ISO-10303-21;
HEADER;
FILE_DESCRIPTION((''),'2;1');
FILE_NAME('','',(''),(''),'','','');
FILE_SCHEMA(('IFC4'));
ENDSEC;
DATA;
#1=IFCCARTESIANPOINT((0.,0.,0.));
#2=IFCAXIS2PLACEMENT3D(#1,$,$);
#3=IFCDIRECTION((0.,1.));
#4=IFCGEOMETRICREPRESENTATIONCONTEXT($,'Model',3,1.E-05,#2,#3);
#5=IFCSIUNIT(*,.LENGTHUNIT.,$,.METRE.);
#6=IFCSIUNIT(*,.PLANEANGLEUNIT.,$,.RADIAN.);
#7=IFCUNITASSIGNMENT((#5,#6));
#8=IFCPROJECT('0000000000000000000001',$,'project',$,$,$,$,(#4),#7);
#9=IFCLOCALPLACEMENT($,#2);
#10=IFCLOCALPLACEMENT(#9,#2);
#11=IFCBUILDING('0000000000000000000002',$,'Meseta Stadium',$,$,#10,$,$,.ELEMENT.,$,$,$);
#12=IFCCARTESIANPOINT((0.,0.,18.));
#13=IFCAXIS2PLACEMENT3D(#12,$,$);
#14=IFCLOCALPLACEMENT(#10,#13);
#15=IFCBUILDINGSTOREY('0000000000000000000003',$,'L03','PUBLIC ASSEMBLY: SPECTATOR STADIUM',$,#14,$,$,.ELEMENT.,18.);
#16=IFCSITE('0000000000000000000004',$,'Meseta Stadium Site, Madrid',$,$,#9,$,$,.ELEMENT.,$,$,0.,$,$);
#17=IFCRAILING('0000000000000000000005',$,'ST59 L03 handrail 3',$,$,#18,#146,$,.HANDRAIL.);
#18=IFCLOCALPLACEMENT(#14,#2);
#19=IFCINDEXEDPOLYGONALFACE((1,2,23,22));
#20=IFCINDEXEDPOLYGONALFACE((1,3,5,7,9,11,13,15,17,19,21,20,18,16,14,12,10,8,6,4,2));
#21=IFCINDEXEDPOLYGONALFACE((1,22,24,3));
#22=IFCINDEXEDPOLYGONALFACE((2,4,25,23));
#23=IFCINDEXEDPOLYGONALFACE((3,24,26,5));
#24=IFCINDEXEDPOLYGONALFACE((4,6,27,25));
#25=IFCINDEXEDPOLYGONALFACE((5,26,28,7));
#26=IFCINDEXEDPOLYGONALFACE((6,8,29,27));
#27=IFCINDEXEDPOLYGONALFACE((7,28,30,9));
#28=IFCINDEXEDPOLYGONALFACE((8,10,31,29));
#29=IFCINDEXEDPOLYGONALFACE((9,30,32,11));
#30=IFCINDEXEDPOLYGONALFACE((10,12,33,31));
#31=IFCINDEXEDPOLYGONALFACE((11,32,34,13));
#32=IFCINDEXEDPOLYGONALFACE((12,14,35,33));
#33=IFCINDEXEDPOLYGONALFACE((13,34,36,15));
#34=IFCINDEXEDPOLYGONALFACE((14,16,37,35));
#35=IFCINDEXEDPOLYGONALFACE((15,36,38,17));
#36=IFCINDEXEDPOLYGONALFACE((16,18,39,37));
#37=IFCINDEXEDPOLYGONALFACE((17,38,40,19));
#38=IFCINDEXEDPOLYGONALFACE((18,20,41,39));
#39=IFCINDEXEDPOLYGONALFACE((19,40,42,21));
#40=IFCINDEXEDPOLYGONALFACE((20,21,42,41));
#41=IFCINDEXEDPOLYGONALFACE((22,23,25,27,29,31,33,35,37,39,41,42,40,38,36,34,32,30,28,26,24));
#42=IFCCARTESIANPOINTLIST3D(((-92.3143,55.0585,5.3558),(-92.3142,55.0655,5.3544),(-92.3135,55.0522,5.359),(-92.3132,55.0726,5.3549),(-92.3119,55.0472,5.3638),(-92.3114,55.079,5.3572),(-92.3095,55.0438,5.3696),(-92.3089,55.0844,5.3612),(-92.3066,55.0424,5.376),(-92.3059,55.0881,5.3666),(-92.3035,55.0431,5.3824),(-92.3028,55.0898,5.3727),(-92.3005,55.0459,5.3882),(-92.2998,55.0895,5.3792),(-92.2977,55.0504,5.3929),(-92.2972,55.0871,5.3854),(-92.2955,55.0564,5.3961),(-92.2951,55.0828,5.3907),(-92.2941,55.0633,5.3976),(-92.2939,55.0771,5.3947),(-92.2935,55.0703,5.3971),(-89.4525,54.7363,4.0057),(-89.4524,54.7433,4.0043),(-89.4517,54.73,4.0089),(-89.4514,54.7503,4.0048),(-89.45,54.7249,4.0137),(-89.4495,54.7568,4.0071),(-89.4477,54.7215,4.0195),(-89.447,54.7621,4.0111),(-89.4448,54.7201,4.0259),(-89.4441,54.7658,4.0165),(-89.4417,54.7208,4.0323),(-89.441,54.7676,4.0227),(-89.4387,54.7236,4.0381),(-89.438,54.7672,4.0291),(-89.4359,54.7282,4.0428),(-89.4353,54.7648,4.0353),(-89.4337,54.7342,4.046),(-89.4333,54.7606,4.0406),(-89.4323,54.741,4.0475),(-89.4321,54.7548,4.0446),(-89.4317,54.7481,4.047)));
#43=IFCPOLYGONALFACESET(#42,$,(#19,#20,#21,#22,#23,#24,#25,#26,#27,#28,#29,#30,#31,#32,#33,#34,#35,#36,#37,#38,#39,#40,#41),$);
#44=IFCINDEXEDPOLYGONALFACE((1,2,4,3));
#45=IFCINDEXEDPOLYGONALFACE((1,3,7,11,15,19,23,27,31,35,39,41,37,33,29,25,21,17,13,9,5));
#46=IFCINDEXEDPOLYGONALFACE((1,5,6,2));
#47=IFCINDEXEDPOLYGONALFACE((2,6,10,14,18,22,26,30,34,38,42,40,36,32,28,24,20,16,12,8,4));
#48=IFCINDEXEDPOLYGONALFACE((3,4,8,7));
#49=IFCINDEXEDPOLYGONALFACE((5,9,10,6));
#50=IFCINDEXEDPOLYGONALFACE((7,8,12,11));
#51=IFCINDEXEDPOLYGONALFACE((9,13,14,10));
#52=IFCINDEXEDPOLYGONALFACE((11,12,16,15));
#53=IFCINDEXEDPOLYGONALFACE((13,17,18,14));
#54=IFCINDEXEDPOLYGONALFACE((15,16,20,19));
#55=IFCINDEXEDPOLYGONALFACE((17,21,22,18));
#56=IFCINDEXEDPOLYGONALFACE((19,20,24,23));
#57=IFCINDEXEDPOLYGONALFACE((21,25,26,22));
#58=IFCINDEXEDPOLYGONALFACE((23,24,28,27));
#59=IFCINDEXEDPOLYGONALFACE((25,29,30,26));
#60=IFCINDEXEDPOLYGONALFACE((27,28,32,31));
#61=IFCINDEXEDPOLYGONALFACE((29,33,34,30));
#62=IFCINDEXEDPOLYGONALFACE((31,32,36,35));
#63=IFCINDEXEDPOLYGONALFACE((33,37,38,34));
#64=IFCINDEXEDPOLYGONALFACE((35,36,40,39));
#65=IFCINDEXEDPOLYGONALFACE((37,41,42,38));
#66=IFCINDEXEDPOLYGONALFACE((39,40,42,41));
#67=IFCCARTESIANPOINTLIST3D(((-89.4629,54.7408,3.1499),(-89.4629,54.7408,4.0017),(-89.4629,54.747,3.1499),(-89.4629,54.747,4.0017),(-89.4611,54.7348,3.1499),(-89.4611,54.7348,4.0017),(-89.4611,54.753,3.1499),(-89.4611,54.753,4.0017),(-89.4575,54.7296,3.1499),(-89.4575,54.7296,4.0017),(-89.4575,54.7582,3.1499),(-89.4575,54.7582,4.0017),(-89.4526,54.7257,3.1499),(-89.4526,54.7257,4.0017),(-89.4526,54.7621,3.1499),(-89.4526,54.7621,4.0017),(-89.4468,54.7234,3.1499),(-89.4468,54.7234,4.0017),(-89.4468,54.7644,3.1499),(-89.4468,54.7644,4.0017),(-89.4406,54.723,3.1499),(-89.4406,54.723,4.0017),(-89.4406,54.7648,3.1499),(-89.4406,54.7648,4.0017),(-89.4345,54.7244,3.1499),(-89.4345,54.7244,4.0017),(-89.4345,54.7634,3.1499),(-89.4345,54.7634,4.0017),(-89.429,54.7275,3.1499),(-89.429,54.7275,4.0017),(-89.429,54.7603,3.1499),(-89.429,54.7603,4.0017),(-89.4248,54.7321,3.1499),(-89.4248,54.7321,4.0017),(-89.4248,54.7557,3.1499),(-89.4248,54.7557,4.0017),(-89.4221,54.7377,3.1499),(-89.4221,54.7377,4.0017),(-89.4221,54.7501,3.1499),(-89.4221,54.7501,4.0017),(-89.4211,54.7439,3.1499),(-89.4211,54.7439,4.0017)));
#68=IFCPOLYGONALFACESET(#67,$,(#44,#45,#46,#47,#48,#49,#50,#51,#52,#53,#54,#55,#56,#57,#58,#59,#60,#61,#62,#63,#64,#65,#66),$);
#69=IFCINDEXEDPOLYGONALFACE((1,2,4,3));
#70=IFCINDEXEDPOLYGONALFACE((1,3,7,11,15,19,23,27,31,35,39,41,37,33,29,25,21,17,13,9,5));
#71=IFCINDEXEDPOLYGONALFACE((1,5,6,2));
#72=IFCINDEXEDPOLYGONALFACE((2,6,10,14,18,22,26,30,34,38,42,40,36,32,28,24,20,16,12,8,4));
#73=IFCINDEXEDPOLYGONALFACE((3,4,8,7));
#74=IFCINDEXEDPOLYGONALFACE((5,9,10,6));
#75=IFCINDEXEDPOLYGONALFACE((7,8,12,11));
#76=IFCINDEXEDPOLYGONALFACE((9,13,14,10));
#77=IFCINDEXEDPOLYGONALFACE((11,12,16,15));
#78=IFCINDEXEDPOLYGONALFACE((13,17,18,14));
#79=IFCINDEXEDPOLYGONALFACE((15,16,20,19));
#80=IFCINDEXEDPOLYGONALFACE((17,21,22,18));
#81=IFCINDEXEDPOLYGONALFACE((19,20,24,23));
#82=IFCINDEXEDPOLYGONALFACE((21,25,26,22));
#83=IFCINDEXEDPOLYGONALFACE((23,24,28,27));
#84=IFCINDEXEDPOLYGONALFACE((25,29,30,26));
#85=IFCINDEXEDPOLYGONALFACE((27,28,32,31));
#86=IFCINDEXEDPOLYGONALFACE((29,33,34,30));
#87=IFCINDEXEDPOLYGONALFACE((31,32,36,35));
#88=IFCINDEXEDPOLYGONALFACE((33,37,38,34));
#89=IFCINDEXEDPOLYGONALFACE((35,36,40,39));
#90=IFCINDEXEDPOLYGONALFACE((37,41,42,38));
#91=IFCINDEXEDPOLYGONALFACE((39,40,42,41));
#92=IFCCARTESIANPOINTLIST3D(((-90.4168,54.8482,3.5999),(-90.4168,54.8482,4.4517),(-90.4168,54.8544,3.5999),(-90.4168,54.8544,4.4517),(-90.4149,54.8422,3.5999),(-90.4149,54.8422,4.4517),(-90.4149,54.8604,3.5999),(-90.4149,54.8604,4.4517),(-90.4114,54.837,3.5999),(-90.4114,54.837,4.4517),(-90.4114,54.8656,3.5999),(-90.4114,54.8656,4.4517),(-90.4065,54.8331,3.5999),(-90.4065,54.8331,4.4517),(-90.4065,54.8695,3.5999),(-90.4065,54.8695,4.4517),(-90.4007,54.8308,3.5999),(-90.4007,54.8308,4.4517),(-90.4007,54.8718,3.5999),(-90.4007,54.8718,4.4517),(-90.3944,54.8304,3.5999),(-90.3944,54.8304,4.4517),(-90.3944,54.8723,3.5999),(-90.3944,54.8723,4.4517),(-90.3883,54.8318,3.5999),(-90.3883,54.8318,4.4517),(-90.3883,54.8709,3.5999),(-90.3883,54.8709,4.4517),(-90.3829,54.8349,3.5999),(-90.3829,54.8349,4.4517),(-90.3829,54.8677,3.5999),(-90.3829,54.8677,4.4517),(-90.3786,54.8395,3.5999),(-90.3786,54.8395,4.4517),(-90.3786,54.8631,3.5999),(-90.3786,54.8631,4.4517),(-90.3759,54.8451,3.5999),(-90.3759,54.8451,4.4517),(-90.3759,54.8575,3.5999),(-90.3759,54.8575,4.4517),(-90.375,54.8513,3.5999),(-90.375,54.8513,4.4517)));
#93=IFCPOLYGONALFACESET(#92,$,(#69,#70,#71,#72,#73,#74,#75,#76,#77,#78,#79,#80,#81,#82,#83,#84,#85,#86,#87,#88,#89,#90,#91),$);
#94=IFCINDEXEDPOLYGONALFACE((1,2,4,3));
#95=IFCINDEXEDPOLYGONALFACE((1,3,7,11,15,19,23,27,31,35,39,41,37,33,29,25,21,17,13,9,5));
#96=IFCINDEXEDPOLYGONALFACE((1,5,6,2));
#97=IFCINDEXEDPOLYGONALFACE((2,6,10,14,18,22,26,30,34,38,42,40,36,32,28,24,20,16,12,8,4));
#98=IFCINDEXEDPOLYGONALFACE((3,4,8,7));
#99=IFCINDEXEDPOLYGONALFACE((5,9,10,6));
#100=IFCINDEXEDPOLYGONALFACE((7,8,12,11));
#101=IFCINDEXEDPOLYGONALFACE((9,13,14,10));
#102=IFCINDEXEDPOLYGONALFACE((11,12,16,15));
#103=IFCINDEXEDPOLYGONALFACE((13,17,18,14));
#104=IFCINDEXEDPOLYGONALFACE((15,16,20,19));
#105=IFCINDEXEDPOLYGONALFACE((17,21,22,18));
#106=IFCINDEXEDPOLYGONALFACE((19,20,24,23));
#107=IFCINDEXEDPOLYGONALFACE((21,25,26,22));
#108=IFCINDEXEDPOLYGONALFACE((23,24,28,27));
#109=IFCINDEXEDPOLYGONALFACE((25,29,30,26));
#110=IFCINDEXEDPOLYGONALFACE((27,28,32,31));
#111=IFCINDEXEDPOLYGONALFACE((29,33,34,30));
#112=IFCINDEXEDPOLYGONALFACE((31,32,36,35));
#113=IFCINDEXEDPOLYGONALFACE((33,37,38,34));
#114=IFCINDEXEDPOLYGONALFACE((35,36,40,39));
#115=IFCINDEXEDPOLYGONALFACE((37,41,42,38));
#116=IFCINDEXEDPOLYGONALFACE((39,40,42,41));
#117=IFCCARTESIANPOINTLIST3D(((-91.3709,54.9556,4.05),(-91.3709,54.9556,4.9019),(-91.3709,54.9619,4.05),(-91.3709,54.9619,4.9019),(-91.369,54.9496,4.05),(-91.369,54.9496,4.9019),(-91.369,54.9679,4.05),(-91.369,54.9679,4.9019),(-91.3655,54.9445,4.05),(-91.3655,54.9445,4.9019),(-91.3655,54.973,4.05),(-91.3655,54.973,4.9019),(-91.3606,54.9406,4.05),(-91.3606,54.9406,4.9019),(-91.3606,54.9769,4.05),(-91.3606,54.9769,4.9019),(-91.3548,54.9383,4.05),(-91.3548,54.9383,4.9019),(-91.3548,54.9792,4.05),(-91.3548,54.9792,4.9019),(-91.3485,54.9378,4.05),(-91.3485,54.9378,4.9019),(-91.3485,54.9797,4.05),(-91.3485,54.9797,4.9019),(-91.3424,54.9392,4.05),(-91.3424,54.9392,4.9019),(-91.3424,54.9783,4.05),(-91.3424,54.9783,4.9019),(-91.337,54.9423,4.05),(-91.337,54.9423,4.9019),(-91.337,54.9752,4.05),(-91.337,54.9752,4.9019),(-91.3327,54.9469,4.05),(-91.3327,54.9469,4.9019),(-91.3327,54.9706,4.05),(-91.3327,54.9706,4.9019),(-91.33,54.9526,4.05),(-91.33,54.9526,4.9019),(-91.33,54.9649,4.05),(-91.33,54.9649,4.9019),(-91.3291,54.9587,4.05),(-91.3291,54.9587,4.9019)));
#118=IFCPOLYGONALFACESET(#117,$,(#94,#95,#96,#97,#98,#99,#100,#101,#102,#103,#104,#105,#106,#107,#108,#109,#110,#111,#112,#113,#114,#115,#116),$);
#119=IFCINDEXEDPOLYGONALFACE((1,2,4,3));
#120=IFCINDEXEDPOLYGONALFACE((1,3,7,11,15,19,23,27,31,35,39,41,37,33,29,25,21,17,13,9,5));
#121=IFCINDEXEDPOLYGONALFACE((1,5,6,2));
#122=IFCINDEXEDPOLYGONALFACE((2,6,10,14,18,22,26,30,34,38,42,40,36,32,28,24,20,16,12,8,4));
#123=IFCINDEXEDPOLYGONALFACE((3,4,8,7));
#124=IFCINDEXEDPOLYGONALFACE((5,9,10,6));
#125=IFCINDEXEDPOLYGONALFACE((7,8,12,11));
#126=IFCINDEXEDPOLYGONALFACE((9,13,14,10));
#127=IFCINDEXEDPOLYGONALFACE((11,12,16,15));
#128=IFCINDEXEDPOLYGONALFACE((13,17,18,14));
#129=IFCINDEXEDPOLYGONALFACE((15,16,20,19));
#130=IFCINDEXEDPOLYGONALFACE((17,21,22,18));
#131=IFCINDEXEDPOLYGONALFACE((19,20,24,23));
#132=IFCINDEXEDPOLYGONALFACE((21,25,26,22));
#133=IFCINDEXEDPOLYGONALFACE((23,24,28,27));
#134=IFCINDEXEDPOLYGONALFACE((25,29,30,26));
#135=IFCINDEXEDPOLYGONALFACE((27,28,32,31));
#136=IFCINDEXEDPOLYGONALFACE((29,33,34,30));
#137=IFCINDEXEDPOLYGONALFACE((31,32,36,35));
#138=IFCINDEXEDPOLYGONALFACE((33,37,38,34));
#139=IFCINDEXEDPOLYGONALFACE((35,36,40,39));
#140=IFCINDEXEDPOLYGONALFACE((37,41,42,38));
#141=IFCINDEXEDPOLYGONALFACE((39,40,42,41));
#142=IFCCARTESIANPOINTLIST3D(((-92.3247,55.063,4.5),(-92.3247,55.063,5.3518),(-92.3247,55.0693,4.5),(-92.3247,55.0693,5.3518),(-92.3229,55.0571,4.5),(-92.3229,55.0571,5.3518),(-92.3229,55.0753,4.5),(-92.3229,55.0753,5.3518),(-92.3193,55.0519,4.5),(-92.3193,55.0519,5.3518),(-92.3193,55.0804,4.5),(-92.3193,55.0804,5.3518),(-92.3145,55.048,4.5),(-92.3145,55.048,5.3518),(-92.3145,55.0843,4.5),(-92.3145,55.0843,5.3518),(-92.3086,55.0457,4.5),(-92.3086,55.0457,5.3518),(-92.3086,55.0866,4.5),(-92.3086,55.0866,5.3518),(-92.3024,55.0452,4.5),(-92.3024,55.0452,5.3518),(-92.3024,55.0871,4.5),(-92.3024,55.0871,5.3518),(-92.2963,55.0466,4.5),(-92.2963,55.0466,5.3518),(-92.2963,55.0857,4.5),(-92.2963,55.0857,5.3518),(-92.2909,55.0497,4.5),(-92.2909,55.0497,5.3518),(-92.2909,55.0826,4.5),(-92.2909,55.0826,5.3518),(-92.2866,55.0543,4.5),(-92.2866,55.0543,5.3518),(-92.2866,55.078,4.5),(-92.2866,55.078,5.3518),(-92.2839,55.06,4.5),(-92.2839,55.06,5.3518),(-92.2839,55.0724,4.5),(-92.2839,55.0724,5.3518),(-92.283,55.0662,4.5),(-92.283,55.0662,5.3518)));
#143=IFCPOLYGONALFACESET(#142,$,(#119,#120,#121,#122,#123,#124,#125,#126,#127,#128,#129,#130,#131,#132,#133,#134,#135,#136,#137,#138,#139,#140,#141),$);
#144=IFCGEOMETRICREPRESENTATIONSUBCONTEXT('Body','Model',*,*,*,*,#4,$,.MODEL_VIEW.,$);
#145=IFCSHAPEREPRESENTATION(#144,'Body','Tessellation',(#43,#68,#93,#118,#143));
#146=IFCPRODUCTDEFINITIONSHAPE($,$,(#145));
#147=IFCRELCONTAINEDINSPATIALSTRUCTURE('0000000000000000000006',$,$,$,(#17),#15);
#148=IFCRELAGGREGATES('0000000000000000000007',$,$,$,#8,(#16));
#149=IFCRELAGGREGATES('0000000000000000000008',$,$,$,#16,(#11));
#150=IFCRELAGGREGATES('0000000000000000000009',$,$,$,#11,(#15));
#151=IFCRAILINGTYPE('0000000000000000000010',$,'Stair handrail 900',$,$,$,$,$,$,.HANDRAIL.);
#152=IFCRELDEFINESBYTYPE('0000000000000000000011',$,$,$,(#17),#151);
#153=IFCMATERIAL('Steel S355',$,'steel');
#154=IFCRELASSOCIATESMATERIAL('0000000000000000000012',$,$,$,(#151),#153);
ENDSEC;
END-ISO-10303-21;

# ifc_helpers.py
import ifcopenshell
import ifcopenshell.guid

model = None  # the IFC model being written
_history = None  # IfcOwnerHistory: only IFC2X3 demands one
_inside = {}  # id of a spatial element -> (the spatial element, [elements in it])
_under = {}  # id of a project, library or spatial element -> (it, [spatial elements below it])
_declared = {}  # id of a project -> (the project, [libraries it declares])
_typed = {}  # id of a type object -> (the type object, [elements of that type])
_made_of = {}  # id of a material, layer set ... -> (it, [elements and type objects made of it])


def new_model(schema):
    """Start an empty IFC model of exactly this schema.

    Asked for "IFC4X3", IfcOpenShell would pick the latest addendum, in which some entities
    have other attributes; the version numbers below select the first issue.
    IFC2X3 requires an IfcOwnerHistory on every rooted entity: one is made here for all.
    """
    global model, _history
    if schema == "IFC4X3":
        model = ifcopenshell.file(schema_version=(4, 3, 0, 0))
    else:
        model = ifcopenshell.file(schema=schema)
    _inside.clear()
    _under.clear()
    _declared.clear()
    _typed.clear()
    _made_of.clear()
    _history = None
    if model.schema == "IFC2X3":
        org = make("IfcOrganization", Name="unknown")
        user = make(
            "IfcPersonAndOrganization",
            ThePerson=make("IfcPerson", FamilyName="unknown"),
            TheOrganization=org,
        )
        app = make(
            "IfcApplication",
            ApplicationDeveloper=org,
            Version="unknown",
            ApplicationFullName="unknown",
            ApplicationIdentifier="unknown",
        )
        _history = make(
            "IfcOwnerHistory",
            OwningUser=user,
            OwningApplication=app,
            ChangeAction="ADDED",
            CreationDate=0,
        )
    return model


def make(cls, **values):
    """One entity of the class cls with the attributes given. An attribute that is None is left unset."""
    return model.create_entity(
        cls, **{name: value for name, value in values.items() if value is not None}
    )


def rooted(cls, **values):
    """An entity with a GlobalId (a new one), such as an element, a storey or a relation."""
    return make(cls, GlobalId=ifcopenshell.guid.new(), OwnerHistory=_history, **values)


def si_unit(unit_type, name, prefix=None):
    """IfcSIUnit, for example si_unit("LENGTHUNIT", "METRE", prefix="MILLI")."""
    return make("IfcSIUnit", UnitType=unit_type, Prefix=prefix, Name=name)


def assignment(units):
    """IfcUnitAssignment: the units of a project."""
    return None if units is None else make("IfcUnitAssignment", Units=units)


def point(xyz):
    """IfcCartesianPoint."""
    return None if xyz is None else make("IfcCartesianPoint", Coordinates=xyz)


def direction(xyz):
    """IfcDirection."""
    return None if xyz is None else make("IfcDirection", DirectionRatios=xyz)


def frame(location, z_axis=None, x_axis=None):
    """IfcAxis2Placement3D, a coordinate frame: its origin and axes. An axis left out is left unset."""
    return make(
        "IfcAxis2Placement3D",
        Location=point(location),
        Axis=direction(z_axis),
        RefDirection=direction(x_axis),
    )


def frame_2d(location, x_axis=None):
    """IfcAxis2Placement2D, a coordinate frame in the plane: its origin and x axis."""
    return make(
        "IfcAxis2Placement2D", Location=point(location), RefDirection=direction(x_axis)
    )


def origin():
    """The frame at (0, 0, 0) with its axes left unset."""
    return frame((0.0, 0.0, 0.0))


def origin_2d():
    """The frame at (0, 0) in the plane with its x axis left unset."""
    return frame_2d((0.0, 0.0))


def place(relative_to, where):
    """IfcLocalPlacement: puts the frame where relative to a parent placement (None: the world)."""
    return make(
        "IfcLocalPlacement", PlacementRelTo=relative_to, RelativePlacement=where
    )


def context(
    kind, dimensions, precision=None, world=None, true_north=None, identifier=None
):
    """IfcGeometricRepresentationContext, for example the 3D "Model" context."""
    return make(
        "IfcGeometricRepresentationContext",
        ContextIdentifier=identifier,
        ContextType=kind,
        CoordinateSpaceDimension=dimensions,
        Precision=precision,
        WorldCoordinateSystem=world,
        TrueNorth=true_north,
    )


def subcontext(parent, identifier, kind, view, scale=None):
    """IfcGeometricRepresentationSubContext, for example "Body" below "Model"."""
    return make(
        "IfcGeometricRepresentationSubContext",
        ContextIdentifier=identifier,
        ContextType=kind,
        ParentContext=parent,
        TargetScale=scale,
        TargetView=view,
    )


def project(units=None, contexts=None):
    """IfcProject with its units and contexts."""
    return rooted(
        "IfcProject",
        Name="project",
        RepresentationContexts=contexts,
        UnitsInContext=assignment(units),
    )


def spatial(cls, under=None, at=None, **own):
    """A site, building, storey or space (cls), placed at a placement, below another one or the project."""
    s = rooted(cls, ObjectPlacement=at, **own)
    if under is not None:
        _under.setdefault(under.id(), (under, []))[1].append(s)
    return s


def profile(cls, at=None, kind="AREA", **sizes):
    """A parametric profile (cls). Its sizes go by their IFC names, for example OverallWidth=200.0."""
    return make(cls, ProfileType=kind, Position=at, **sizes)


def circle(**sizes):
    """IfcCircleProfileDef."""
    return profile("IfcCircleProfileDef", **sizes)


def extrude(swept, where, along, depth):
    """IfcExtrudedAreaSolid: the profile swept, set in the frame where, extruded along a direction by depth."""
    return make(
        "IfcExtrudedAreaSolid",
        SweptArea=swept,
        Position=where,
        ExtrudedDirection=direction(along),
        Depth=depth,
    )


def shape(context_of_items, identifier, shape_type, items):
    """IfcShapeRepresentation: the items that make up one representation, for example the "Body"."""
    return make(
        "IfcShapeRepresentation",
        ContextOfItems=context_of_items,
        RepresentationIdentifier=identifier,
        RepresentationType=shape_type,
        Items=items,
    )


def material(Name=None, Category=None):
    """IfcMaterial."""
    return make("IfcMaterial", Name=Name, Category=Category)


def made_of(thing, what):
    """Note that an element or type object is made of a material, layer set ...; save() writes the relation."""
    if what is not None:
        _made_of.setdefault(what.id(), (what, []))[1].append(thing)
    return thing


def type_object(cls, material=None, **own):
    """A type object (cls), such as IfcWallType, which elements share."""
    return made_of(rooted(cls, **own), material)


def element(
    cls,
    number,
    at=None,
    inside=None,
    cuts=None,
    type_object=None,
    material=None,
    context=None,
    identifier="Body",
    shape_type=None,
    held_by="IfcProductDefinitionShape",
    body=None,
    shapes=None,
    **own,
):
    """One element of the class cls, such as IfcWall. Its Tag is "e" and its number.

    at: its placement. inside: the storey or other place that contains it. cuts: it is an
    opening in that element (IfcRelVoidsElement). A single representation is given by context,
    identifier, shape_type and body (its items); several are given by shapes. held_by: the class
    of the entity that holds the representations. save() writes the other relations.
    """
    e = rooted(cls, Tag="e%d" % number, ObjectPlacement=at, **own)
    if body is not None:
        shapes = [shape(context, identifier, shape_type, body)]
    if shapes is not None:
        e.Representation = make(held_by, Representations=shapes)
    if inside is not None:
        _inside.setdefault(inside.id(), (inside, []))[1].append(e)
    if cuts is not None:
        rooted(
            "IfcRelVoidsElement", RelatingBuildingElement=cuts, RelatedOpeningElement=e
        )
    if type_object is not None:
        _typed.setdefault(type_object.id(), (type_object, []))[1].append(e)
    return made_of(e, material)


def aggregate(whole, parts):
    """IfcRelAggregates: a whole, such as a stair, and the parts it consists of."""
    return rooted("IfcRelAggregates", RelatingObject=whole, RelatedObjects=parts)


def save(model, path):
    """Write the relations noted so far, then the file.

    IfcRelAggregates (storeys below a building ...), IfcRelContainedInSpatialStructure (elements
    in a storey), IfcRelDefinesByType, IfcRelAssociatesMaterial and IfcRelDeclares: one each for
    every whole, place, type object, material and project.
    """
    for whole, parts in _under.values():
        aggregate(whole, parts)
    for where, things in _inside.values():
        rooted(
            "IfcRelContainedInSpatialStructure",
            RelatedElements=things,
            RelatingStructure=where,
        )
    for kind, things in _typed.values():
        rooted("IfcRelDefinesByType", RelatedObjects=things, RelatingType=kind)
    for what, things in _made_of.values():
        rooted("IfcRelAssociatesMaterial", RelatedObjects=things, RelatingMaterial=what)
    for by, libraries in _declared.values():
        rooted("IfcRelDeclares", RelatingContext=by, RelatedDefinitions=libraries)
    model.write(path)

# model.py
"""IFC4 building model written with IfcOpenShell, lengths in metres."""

from ifc_helpers import new_model, si_unit, direction, frame, origin, origin_2d, place, context, subcontext, project, spatial, circle, extrude, material, type_object, element, save


model = new_model("IFC4")

# Units and contexts
model_context = context("Model", 3, precision=1e-05, world=origin(), true_north=direction((0.0, 1.0)))
body_context = subcontext(model_context, "Body", "Model", "MODEL_VIEW")
ifc_project = project(units=[si_unit("LENGTHUNIT", "METRE"), si_unit("PLANEANGLEUNIT", "RADIAN")], contexts=[model_context])

# Site, building, storey
site_placement = place(None, origin())
site = spatial("IfcSite", under=ifc_project, at=site_placement, Name="Meseta Stadium Site, Madrid", CompositionType="ELEMENT", RefElevation=0.0)
building_placement = place(site_placement, origin())
building = spatial("IfcBuilding", under=site, at=building_placement, Name="Meseta Stadium", CompositionType="ELEMENT")
storey_placement = place(building_placement, frame((0.0, 0.0, 18.0)))
storey = spatial("IfcBuildingStorey", under=building, at=storey_placement, Name="L03", Description="PUBLIC ASSEMBLY: SPECTATOR STADIUM", CompositionType="ELEMENT", Elevation=18.0)

# Railing
ifc_material_1 = material(Name="Steel S355", Category="steel")
railing_type_1 = type_object("IfcRailingType", Name="Stair handrail 900", PredefinedType="HANDRAIL", material=ifc_material_1)
for number, where, name in (
    (1, (-89.4421, 54.7439, 3.1499), "ST59 L03 handrail 3"),
):
    element("IfcRailing", number, at=place(storey_placement, frame(where)), inside=storey, type_object=railing_type_1, Name=name, PredefinedType="HANDRAIL", context=body_context, shape_type="SweptSolid", body=[
        extrude(circle(Radius=0.0239, at=origin_2d()), frame((0.0, 0.0, 0.876), z_axis=(-0.899755, 0.10132, 0.424471), x_axis=(-0.111902, -0.993719, 0.0)), (0.0, 0.0, 1.0), 3.1807),
        extrude(circle(Radius=0.021, at=origin_2d()), origin(), (0.0, 0.0, 1.0), 0.8518),
        extrude(circle(Radius=0.021, at=origin_2d()), frame((-0.9539, 0.1074, 0.45)), (0.0, 0.0, 1.0), 0.8518),
        extrude(circle(Radius=0.021, at=origin_2d()), frame((-1.908, 0.2148, 0.9001)), (0.0, 0.0, 1.0), 0.8518),
        extrude(circle(Radius=0.021, at=origin_2d()), frame((-2.8618, 0.3223, 1.3501)), (0.0, 0.0, 1.0), 0.8518),
    ])

save(model, "model.ifc")
